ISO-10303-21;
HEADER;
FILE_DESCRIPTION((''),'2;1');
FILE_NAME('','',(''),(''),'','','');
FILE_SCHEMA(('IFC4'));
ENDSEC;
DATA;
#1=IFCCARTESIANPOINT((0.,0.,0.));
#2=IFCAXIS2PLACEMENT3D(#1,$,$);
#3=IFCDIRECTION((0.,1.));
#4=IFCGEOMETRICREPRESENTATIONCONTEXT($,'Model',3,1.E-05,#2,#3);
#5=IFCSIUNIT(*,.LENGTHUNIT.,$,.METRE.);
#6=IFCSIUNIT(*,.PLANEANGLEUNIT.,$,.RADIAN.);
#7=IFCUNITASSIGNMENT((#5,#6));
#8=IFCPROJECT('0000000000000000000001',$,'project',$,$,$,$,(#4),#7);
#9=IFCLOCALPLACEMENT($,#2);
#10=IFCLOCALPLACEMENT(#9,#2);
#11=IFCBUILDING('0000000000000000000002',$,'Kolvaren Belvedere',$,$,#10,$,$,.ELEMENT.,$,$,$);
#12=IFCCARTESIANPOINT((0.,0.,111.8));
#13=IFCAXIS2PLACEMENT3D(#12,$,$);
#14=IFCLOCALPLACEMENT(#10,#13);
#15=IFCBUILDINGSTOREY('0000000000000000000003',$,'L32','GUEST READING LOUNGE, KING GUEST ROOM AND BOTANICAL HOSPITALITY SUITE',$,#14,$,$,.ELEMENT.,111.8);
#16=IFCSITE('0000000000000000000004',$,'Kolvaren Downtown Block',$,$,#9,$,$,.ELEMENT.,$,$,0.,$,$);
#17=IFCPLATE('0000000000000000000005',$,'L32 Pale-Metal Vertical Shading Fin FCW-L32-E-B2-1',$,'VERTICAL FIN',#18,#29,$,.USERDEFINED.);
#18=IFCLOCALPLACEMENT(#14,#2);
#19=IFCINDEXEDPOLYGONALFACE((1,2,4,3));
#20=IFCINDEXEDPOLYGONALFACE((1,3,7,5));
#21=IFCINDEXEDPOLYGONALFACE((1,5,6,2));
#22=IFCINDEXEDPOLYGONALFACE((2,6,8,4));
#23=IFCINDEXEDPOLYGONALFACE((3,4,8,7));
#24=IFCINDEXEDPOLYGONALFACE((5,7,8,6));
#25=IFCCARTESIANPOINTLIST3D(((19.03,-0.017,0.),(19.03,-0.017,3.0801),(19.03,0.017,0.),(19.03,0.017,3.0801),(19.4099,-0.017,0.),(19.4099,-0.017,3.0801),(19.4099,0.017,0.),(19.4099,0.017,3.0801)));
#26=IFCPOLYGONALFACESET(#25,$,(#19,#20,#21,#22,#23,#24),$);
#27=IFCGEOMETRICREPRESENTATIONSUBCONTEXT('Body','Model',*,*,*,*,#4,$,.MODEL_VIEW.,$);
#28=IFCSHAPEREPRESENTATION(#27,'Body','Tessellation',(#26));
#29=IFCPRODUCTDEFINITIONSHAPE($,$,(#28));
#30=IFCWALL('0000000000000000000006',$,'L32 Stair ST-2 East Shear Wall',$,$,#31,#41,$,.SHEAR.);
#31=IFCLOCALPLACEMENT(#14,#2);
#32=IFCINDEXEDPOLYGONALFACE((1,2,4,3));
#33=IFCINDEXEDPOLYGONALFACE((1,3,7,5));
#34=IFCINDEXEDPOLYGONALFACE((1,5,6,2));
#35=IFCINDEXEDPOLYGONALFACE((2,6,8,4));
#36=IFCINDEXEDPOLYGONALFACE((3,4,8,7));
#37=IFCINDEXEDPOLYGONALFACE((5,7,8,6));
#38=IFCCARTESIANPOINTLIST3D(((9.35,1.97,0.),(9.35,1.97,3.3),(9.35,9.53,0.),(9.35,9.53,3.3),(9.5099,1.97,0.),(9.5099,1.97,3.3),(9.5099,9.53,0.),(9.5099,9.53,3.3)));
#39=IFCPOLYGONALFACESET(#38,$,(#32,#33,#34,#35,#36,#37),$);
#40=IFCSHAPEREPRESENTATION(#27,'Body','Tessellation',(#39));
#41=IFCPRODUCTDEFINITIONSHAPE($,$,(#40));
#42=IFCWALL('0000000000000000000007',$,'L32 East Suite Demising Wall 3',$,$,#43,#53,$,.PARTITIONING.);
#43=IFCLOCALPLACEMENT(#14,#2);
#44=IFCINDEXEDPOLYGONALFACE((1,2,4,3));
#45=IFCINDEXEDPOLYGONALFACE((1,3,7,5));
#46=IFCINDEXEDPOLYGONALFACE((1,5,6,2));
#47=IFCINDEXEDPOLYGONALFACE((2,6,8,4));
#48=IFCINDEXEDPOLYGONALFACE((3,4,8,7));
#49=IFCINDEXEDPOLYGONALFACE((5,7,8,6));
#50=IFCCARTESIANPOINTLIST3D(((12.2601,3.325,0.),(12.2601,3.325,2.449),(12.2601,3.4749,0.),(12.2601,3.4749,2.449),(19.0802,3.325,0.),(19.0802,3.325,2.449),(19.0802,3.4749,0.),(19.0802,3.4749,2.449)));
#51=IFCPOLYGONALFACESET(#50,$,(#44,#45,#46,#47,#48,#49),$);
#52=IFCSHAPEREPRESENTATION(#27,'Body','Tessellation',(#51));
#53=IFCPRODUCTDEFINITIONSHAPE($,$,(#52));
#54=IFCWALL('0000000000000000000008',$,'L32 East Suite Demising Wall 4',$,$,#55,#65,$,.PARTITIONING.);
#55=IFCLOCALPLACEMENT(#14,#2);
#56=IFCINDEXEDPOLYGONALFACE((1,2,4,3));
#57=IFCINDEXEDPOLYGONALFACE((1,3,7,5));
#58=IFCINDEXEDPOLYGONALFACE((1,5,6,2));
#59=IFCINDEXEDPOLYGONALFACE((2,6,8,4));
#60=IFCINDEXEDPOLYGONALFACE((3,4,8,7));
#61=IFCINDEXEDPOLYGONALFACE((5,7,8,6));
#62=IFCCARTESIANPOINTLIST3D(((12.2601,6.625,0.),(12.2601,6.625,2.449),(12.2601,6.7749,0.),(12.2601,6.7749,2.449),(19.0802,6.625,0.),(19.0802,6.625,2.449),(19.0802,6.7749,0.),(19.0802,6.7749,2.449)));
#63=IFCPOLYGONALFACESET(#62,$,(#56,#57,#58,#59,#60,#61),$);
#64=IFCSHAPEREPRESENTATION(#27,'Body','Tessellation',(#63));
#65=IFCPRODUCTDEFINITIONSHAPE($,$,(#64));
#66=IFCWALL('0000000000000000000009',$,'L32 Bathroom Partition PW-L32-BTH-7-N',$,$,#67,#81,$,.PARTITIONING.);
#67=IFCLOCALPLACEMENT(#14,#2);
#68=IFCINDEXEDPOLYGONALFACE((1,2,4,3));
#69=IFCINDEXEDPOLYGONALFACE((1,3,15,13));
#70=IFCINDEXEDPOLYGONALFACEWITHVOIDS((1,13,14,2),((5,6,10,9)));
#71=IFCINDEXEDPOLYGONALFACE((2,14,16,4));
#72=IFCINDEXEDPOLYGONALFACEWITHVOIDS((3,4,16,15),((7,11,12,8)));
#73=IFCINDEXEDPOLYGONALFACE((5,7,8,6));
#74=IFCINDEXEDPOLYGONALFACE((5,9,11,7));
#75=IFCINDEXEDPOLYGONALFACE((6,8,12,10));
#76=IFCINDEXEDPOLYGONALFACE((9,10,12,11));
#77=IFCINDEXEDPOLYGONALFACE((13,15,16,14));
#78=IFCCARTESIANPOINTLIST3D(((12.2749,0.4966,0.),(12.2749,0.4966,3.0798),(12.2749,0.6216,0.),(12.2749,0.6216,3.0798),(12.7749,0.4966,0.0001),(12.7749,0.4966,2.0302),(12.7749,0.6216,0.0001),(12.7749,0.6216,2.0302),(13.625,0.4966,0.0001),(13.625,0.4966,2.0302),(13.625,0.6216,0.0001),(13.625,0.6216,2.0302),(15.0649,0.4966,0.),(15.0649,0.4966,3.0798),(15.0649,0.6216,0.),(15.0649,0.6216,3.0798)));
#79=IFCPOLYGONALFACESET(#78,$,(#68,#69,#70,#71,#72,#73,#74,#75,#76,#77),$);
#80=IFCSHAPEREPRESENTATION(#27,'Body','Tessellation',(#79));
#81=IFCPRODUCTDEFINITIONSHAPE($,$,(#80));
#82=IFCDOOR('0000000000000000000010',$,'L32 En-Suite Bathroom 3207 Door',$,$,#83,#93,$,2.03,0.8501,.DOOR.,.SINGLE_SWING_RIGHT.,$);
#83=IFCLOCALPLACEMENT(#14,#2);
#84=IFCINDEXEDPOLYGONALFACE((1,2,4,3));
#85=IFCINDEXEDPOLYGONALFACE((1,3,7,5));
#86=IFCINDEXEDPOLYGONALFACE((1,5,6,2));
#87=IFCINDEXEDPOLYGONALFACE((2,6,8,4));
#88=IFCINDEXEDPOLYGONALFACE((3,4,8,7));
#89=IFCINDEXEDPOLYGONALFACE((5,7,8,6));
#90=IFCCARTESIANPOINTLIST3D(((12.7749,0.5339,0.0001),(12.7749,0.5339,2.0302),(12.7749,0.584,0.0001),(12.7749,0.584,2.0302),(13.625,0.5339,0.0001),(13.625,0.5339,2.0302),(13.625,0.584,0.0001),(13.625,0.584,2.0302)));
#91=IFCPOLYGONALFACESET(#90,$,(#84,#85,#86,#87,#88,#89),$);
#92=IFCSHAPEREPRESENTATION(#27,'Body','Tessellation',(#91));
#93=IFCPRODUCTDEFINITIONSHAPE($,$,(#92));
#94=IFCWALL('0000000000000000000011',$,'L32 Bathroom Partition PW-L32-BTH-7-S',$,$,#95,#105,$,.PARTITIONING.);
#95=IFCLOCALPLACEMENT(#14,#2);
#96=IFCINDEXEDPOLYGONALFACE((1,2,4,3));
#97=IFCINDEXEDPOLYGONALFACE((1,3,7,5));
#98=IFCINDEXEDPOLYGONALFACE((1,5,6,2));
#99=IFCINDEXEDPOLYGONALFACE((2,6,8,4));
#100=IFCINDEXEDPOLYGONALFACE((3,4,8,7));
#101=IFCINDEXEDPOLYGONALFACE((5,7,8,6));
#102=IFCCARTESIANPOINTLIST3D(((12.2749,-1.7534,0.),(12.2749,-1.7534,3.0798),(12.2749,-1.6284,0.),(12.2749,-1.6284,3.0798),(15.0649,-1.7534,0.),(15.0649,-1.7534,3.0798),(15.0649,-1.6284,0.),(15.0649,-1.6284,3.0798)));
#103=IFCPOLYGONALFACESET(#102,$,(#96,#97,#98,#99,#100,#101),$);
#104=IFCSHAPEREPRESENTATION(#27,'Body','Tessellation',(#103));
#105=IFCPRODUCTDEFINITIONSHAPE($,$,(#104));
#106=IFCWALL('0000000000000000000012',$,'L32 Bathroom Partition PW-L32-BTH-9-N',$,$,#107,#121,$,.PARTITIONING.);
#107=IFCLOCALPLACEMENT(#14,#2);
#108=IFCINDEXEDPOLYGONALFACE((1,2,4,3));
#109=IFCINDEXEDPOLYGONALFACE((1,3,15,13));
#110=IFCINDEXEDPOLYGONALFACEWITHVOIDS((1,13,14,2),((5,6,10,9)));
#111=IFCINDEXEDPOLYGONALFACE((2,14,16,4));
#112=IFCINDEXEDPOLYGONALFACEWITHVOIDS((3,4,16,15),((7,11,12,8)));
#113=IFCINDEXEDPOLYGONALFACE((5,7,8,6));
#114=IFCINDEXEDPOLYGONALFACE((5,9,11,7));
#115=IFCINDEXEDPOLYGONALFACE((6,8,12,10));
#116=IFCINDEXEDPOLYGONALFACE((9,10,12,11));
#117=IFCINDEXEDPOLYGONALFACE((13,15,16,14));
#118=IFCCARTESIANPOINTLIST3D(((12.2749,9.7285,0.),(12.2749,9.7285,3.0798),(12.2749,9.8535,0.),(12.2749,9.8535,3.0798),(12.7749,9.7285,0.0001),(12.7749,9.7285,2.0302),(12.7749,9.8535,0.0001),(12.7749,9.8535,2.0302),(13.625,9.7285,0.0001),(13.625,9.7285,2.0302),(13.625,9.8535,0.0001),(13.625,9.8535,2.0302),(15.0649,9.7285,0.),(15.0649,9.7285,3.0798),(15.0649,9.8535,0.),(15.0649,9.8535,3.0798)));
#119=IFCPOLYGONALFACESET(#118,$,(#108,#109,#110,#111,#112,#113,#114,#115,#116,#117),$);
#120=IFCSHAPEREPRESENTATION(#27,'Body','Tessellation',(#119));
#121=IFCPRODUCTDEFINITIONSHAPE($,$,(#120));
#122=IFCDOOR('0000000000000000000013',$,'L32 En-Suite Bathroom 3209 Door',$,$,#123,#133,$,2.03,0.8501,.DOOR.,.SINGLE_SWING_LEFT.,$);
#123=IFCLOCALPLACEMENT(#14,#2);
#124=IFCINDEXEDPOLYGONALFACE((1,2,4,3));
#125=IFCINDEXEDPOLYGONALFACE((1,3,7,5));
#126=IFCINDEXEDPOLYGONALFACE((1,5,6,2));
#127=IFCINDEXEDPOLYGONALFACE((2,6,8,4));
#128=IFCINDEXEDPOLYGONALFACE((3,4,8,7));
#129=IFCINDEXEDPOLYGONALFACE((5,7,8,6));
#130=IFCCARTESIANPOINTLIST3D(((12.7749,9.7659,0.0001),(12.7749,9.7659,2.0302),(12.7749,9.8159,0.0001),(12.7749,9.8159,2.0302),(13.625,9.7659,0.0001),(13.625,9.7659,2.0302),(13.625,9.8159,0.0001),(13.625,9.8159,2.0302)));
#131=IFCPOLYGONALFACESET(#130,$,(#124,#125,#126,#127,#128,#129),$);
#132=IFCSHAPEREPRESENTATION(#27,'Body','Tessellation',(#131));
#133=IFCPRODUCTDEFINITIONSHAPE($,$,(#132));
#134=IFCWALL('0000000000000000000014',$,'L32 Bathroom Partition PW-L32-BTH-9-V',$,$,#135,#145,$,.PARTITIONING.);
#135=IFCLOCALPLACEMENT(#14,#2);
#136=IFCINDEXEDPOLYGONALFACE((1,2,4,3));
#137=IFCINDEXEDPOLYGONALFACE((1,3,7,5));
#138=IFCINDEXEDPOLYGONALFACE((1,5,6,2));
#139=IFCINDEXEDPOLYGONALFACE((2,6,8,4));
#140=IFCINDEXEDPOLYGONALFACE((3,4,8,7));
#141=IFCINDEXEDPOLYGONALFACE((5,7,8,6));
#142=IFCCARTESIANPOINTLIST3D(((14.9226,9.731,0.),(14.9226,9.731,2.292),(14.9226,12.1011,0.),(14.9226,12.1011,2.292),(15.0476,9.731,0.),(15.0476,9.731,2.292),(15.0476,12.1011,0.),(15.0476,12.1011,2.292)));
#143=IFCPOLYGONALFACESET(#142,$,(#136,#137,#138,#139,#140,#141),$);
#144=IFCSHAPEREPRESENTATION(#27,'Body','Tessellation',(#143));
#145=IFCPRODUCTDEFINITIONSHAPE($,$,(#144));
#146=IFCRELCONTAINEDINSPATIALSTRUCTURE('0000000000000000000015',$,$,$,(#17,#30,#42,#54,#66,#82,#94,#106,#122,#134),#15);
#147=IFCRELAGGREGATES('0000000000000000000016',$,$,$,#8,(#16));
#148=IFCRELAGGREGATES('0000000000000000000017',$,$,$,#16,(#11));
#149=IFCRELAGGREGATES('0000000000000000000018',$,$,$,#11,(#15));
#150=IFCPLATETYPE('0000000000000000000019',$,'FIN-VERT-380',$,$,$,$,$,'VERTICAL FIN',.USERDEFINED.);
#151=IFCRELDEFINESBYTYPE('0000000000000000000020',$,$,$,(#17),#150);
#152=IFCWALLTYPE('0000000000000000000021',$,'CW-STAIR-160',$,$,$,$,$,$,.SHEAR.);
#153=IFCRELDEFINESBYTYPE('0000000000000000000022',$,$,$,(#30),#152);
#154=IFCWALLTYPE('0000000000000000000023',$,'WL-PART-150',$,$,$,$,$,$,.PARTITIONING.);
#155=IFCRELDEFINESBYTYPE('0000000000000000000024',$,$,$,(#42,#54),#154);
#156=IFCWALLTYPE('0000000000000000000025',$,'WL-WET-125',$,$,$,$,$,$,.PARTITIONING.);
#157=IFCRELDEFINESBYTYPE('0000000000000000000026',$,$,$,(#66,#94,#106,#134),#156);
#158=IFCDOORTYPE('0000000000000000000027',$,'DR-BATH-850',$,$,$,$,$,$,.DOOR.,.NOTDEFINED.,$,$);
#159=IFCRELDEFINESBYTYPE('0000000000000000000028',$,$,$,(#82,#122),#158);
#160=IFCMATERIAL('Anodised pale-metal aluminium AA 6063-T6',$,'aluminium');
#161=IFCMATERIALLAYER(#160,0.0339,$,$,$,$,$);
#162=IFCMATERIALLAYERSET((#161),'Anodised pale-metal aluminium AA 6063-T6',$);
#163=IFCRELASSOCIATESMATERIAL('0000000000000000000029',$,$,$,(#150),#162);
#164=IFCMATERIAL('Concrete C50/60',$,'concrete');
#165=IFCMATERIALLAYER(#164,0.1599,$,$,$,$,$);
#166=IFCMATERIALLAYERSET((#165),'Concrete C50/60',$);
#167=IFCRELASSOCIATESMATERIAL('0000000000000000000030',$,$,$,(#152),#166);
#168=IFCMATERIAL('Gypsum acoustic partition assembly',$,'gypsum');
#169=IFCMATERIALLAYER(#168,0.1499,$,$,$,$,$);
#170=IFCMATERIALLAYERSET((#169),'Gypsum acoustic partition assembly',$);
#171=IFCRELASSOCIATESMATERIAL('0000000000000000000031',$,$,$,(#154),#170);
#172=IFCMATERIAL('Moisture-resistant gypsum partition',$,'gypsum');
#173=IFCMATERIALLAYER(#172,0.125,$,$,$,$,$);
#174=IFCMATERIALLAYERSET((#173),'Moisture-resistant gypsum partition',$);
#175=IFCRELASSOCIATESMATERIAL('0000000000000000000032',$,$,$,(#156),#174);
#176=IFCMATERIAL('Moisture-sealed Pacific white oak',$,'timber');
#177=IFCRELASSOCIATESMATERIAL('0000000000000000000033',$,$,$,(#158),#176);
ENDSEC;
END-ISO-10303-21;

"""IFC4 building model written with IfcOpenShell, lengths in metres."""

from ifc_helpers import new_model, si_unit, direction, frame, frame_2d, origin, origin_2d, place, context, subcontext, project, spatial, rectangle, extrude, material, layer, layer_set, type_object, element, fill, save


model = new_model("IFC4")

# Units and contexts
model_context = context("Model", 3, precision=1e-05, world=origin(), true_north=direction((0.0, 1.0)))
body_context = subcontext(model_context, "Body", "Model", "MODEL_VIEW")
ifc_project = project(units=[si_unit("LENGTHUNIT", "METRE"), si_unit("PLANEANGLEUNIT", "RADIAN")], contexts=[model_context])

# Site, building, storey
site_placement = place(None, origin())
site = spatial("IfcSite", under=ifc_project, at=site_placement, Name="Kolvaren Downtown Block", CompositionType="ELEMENT", RefElevation=0.0)
building_placement = place(site_placement, origin())
building = spatial("IfcBuilding", under=site, at=building_placement, Name="Kolvaren Belvedere", CompositionType="ELEMENT")
storey_placement = place(building_placement, frame((0.0, 0.0, 111.8)))
storey = spatial("IfcBuildingStorey", under=building, at=storey_placement, Name="L32", Description="GUEST READING LOUNGE, KING GUEST ROOM AND BOTANICAL HOSPITALITY SUITE", CompositionType="ELEMENT", Elevation=111.8)

# Plate
ifc_material_1 = material(Name="Anodised pale-metal aluminium AA 6063-T6", Category="aluminium")
ifc_layer_1 = layer(ifc_material_1, 0.0339)
ifc_layer_set_1 = layer_set([ifc_layer_1], Name="Anodised pale-metal aluminium AA 6063-T6")
plate_type_1 = type_object("IfcPlateType", Name="FIN-VERT-380", ElementType="VERTICAL FIN", PredefinedType="USERDEFINED", material=ifc_layer_set_1)
for number, where, z_axis, x_axis, name in (
    (1, (19.22, 0.0, 0.0), (0.0, 0.0, 1.0), (1.0, 0.0, 0.0), "L32 Pale-Metal Vertical Shading Fin FCW-L32-E-B2-1"),
):
    element("IfcPlate", number, at=place(storey_placement, frame(where, z_axis=z_axis, x_axis=x_axis)), inside=storey, type_object=plate_type_1, Name=name, ObjectType="VERTICAL FIN", PredefinedType="USERDEFINED", context=body_context, shape_type="SweptSolid", body=[
        extrude(rectangle(XDim=0.3799, YDim=0.0339, at=origin_2d()), origin(), (0.0, 0.0, 1.0), 3.0801),
    ])

# Walls
ifc_material_2 = material(Name="Concrete C50/60", Category="concrete")
ifc_layer_2 = layer(ifc_material_2, 0.1599)
ifc_layer_set_2 = layer_set([ifc_layer_2], Name="Concrete C50/60")
wall_type_1 = type_object("IfcWallType", Name="CW-STAIR-160", PredefinedType="SHEAR", material=ifc_layer_set_2)
wall_1_placement = place(storey_placement, frame((9.4299, 1.97, 0.0), z_axis=(0.0, 0.0, 1.0), x_axis=(0.0, 1.0, 0.0)))
element("IfcWall", 2, at=wall_1_placement, inside=storey, type_object=wall_type_1, Name="L32 Stair ST-2 East Shear Wall", PredefinedType="SHEAR", context=body_context, shape_type="SweptSolid", body=[
    extrude(rectangle(XDim=7.5601, YDim=0.1599, at=frame_2d((3.78, 0.0))), origin(), (0.0, 0.0, 1.0), 3.3),
])
ifc_material_3 = material(Name="Gypsum acoustic partition assembly", Category="gypsum")
ifc_layer_3 = layer(ifc_material_3, 0.1499)
ifc_layer_set_3 = layer_set([ifc_layer_3], Name="Gypsum acoustic partition assembly")
wall_type_2 = type_object("IfcWallType", Name="WL-PART-150", PredefinedType="PARTITIONING", material=ifc_layer_set_3)
for number, where, z_axis, x_axis, name in (
    (3, (12.26, 3.3999, 0.0), (0.0, 0.0, 1.0), (1.0, 0.0, 0.0), "L32 East Suite Demising Wall 3"),
    (4, (12.26, 6.7, 0.0), (0.0, 0.0, 1.0), (1.0, 0.0, 0.0), "L32 East Suite Demising Wall 4"),
):
    element("IfcWall", number, at=place(storey_placement, frame(where, z_axis=z_axis, x_axis=x_axis)), inside=storey, type_object=wall_type_2, Name=name, PredefinedType="PARTITIONING", context=body_context, shape_type="SweptSolid", body=[
        extrude(rectangle(XDim=6.8201, YDim=0.1499, at=frame_2d((3.4102, 0.0))), origin(), (0.0, 0.0, 1.0), 2.449),
    ])

# Wall, opening, door
ifc_material_4 = material(Name="Moisture-resistant gypsum partition", Category="gypsum")
ifc_layer_4 = layer(ifc_material_4, 0.125)
ifc_layer_set_4 = layer_set([ifc_layer_4], Name="Moisture-resistant gypsum partition")
wall_type_3 = type_object("IfcWallType", Name="WL-WET-125", PredefinedType="PARTITIONING", material=ifc_layer_set_4)
wall_2_placement = place(storey_placement, frame((12.2749, 0.5591, 0.0), z_axis=(0.0, 0.0, 1.0), x_axis=(1.0, 0.0, 0.0)))
wall_2 = element("IfcWall", 5, at=wall_2_placement, inside=storey, type_object=wall_type_3, Name="L32 Bathroom Partition PW-L32-BTH-7-N", PredefinedType="PARTITIONING", context=body_context, shape_type="SweptSolid", body=[
    extrude(rectangle(XDim=2.79, YDim=0.125, at=frame_2d((1.395, 0.0))), origin(), (0.0, 0.0, 1.0), 3.0798),
])
opening_1_placement = place(wall_2_placement, frame((0.5, 0.0, 0.0)))
opening_1 = element("IfcOpeningElement", 6, at=opening_1_placement, cuts=wall_2, PredefinedType="OPENING", context=body_context, shape_type="SweptSolid", body=[
    extrude(rectangle(XDim=0.8501, YDim=2.03, at=frame_2d((0.425, 1.0151))), frame((0.0, 0.0725, 0.0), z_axis=(0.0, -1.0, 0.0), x_axis=(1.0, 0.0, 0.0)), (0.0, 0.0, 1.0), 0.145),
])
ifc_material_5 = material(Name="Moisture-sealed Pacific white oak", Category="timber")
door_type = type_object("IfcDoorType", Name="DR-BATH-850", OperationType="NOTDEFINED", PredefinedType="DOOR", material=ifc_material_5)
door_1_placement = place(opening_1_placement, origin())
door_1 = element("IfcDoor", 7, at=door_1_placement, inside=storey, type_object=door_type, Name="L32 En-Suite Bathroom 3207 Door", OperationType="SINGLE_SWING_RIGHT", OverallHeight=2.03, OverallWidth=0.8501, PredefinedType="DOOR", context=body_context, shape_type="SweptSolid", body=[
    extrude(rectangle(XDim=0.8501, YDim=2.03, at=frame_2d((0.425, 1.0151))), frame((0.0, 0.0249, 0.0), z_axis=(0.0, -1.0, 0.0), x_axis=(1.0, 0.0, 0.0)), (0.0, 0.0, 1.0), 0.05),
])
fill(opening_1, door_1)

# Wall
wall_3_placement = place(storey_placement, frame((12.2749, -1.6909, 0.0), z_axis=(0.0, 0.0, 1.0), x_axis=(1.0, 0.0, 0.0)))
element("IfcWall", 8, at=wall_3_placement, inside=storey, type_object=wall_type_3, Name="L32 Bathroom Partition PW-L32-BTH-7-S", PredefinedType="PARTITIONING", context=body_context, shape_type="SweptSolid", body=[
    extrude(rectangle(XDim=2.79, YDim=0.125, at=frame_2d((1.395, 0.0))), origin(), (0.0, 0.0, 1.0), 3.0798),
])

# Wall, opening, door
wall_4_placement = place(storey_placement, frame((12.2749, 9.791, 0.0), z_axis=(0.0, 0.0, 1.0), x_axis=(1.0, 0.0, 0.0)))
wall_4 = element("IfcWall", 9, at=wall_4_placement, inside=storey, type_object=wall_type_3, Name="L32 Bathroom Partition PW-L32-BTH-9-N", PredefinedType="PARTITIONING", context=body_context, shape_type="SweptSolid", body=[
    extrude(rectangle(XDim=2.79, YDim=0.125, at=frame_2d((1.395, 0.0))), origin(), (0.0, 0.0, 1.0), 3.0798),
])
opening_2_placement = place(wall_4_placement, frame((0.5, 0.0, 0.0)))
opening_2 = element("IfcOpeningElement", 10, at=opening_2_placement, cuts=wall_4, PredefinedType="OPENING", context=body_context, shape_type="SweptSolid", body=[
    extrude(rectangle(XDim=0.8501, YDim=2.03, at=frame_2d((0.425, 1.0151))), frame((0.0, 0.0725, 0.0), z_axis=(0.0, -1.0, 0.0), x_axis=(1.0, 0.0, 0.0)), (0.0, 0.0, 1.0), 0.145),
])
door_2_placement = place(opening_2_placement, origin())
door_2 = element("IfcDoor", 11, at=door_2_placement, inside=storey, type_object=door_type, Name="L32 En-Suite Bathroom 3209 Door", OperationType="SINGLE_SWING_LEFT", OverallHeight=2.03, OverallWidth=0.8501, PredefinedType="DOOR", context=body_context, shape_type="SweptSolid", body=[
    extrude(rectangle(XDim=0.8501, YDim=2.03, at=frame_2d((0.425, 1.0151))), frame((0.0, 0.0249, 0.0), z_axis=(0.0, -1.0, 0.0), x_axis=(1.0, 0.0, 0.0)), (0.0, 0.0, 1.0), 0.05),
])
fill(opening_2, door_2)

# Wall
wall_5_placement = place(storey_placement, frame((14.9851, 9.731, 0.0), z_axis=(0.0, 0.0, 1.0), x_axis=(0.0, 1.0, 0.0)))
element("IfcWall", 12, at=wall_5_placement, inside=storey, type_object=wall_type_3, Name="L32 Bathroom Partition PW-L32-BTH-9-V", PredefinedType="PARTITIONING", context=body_context, shape_type="SweptSolid", body=[
    extrude(rectangle(XDim=2.3701, YDim=0.125, at=frame_2d((1.1851, 0.0))), origin(), (0.0, 0.0, 1.0), 2.292),
])

save(model, "model.ifc")
